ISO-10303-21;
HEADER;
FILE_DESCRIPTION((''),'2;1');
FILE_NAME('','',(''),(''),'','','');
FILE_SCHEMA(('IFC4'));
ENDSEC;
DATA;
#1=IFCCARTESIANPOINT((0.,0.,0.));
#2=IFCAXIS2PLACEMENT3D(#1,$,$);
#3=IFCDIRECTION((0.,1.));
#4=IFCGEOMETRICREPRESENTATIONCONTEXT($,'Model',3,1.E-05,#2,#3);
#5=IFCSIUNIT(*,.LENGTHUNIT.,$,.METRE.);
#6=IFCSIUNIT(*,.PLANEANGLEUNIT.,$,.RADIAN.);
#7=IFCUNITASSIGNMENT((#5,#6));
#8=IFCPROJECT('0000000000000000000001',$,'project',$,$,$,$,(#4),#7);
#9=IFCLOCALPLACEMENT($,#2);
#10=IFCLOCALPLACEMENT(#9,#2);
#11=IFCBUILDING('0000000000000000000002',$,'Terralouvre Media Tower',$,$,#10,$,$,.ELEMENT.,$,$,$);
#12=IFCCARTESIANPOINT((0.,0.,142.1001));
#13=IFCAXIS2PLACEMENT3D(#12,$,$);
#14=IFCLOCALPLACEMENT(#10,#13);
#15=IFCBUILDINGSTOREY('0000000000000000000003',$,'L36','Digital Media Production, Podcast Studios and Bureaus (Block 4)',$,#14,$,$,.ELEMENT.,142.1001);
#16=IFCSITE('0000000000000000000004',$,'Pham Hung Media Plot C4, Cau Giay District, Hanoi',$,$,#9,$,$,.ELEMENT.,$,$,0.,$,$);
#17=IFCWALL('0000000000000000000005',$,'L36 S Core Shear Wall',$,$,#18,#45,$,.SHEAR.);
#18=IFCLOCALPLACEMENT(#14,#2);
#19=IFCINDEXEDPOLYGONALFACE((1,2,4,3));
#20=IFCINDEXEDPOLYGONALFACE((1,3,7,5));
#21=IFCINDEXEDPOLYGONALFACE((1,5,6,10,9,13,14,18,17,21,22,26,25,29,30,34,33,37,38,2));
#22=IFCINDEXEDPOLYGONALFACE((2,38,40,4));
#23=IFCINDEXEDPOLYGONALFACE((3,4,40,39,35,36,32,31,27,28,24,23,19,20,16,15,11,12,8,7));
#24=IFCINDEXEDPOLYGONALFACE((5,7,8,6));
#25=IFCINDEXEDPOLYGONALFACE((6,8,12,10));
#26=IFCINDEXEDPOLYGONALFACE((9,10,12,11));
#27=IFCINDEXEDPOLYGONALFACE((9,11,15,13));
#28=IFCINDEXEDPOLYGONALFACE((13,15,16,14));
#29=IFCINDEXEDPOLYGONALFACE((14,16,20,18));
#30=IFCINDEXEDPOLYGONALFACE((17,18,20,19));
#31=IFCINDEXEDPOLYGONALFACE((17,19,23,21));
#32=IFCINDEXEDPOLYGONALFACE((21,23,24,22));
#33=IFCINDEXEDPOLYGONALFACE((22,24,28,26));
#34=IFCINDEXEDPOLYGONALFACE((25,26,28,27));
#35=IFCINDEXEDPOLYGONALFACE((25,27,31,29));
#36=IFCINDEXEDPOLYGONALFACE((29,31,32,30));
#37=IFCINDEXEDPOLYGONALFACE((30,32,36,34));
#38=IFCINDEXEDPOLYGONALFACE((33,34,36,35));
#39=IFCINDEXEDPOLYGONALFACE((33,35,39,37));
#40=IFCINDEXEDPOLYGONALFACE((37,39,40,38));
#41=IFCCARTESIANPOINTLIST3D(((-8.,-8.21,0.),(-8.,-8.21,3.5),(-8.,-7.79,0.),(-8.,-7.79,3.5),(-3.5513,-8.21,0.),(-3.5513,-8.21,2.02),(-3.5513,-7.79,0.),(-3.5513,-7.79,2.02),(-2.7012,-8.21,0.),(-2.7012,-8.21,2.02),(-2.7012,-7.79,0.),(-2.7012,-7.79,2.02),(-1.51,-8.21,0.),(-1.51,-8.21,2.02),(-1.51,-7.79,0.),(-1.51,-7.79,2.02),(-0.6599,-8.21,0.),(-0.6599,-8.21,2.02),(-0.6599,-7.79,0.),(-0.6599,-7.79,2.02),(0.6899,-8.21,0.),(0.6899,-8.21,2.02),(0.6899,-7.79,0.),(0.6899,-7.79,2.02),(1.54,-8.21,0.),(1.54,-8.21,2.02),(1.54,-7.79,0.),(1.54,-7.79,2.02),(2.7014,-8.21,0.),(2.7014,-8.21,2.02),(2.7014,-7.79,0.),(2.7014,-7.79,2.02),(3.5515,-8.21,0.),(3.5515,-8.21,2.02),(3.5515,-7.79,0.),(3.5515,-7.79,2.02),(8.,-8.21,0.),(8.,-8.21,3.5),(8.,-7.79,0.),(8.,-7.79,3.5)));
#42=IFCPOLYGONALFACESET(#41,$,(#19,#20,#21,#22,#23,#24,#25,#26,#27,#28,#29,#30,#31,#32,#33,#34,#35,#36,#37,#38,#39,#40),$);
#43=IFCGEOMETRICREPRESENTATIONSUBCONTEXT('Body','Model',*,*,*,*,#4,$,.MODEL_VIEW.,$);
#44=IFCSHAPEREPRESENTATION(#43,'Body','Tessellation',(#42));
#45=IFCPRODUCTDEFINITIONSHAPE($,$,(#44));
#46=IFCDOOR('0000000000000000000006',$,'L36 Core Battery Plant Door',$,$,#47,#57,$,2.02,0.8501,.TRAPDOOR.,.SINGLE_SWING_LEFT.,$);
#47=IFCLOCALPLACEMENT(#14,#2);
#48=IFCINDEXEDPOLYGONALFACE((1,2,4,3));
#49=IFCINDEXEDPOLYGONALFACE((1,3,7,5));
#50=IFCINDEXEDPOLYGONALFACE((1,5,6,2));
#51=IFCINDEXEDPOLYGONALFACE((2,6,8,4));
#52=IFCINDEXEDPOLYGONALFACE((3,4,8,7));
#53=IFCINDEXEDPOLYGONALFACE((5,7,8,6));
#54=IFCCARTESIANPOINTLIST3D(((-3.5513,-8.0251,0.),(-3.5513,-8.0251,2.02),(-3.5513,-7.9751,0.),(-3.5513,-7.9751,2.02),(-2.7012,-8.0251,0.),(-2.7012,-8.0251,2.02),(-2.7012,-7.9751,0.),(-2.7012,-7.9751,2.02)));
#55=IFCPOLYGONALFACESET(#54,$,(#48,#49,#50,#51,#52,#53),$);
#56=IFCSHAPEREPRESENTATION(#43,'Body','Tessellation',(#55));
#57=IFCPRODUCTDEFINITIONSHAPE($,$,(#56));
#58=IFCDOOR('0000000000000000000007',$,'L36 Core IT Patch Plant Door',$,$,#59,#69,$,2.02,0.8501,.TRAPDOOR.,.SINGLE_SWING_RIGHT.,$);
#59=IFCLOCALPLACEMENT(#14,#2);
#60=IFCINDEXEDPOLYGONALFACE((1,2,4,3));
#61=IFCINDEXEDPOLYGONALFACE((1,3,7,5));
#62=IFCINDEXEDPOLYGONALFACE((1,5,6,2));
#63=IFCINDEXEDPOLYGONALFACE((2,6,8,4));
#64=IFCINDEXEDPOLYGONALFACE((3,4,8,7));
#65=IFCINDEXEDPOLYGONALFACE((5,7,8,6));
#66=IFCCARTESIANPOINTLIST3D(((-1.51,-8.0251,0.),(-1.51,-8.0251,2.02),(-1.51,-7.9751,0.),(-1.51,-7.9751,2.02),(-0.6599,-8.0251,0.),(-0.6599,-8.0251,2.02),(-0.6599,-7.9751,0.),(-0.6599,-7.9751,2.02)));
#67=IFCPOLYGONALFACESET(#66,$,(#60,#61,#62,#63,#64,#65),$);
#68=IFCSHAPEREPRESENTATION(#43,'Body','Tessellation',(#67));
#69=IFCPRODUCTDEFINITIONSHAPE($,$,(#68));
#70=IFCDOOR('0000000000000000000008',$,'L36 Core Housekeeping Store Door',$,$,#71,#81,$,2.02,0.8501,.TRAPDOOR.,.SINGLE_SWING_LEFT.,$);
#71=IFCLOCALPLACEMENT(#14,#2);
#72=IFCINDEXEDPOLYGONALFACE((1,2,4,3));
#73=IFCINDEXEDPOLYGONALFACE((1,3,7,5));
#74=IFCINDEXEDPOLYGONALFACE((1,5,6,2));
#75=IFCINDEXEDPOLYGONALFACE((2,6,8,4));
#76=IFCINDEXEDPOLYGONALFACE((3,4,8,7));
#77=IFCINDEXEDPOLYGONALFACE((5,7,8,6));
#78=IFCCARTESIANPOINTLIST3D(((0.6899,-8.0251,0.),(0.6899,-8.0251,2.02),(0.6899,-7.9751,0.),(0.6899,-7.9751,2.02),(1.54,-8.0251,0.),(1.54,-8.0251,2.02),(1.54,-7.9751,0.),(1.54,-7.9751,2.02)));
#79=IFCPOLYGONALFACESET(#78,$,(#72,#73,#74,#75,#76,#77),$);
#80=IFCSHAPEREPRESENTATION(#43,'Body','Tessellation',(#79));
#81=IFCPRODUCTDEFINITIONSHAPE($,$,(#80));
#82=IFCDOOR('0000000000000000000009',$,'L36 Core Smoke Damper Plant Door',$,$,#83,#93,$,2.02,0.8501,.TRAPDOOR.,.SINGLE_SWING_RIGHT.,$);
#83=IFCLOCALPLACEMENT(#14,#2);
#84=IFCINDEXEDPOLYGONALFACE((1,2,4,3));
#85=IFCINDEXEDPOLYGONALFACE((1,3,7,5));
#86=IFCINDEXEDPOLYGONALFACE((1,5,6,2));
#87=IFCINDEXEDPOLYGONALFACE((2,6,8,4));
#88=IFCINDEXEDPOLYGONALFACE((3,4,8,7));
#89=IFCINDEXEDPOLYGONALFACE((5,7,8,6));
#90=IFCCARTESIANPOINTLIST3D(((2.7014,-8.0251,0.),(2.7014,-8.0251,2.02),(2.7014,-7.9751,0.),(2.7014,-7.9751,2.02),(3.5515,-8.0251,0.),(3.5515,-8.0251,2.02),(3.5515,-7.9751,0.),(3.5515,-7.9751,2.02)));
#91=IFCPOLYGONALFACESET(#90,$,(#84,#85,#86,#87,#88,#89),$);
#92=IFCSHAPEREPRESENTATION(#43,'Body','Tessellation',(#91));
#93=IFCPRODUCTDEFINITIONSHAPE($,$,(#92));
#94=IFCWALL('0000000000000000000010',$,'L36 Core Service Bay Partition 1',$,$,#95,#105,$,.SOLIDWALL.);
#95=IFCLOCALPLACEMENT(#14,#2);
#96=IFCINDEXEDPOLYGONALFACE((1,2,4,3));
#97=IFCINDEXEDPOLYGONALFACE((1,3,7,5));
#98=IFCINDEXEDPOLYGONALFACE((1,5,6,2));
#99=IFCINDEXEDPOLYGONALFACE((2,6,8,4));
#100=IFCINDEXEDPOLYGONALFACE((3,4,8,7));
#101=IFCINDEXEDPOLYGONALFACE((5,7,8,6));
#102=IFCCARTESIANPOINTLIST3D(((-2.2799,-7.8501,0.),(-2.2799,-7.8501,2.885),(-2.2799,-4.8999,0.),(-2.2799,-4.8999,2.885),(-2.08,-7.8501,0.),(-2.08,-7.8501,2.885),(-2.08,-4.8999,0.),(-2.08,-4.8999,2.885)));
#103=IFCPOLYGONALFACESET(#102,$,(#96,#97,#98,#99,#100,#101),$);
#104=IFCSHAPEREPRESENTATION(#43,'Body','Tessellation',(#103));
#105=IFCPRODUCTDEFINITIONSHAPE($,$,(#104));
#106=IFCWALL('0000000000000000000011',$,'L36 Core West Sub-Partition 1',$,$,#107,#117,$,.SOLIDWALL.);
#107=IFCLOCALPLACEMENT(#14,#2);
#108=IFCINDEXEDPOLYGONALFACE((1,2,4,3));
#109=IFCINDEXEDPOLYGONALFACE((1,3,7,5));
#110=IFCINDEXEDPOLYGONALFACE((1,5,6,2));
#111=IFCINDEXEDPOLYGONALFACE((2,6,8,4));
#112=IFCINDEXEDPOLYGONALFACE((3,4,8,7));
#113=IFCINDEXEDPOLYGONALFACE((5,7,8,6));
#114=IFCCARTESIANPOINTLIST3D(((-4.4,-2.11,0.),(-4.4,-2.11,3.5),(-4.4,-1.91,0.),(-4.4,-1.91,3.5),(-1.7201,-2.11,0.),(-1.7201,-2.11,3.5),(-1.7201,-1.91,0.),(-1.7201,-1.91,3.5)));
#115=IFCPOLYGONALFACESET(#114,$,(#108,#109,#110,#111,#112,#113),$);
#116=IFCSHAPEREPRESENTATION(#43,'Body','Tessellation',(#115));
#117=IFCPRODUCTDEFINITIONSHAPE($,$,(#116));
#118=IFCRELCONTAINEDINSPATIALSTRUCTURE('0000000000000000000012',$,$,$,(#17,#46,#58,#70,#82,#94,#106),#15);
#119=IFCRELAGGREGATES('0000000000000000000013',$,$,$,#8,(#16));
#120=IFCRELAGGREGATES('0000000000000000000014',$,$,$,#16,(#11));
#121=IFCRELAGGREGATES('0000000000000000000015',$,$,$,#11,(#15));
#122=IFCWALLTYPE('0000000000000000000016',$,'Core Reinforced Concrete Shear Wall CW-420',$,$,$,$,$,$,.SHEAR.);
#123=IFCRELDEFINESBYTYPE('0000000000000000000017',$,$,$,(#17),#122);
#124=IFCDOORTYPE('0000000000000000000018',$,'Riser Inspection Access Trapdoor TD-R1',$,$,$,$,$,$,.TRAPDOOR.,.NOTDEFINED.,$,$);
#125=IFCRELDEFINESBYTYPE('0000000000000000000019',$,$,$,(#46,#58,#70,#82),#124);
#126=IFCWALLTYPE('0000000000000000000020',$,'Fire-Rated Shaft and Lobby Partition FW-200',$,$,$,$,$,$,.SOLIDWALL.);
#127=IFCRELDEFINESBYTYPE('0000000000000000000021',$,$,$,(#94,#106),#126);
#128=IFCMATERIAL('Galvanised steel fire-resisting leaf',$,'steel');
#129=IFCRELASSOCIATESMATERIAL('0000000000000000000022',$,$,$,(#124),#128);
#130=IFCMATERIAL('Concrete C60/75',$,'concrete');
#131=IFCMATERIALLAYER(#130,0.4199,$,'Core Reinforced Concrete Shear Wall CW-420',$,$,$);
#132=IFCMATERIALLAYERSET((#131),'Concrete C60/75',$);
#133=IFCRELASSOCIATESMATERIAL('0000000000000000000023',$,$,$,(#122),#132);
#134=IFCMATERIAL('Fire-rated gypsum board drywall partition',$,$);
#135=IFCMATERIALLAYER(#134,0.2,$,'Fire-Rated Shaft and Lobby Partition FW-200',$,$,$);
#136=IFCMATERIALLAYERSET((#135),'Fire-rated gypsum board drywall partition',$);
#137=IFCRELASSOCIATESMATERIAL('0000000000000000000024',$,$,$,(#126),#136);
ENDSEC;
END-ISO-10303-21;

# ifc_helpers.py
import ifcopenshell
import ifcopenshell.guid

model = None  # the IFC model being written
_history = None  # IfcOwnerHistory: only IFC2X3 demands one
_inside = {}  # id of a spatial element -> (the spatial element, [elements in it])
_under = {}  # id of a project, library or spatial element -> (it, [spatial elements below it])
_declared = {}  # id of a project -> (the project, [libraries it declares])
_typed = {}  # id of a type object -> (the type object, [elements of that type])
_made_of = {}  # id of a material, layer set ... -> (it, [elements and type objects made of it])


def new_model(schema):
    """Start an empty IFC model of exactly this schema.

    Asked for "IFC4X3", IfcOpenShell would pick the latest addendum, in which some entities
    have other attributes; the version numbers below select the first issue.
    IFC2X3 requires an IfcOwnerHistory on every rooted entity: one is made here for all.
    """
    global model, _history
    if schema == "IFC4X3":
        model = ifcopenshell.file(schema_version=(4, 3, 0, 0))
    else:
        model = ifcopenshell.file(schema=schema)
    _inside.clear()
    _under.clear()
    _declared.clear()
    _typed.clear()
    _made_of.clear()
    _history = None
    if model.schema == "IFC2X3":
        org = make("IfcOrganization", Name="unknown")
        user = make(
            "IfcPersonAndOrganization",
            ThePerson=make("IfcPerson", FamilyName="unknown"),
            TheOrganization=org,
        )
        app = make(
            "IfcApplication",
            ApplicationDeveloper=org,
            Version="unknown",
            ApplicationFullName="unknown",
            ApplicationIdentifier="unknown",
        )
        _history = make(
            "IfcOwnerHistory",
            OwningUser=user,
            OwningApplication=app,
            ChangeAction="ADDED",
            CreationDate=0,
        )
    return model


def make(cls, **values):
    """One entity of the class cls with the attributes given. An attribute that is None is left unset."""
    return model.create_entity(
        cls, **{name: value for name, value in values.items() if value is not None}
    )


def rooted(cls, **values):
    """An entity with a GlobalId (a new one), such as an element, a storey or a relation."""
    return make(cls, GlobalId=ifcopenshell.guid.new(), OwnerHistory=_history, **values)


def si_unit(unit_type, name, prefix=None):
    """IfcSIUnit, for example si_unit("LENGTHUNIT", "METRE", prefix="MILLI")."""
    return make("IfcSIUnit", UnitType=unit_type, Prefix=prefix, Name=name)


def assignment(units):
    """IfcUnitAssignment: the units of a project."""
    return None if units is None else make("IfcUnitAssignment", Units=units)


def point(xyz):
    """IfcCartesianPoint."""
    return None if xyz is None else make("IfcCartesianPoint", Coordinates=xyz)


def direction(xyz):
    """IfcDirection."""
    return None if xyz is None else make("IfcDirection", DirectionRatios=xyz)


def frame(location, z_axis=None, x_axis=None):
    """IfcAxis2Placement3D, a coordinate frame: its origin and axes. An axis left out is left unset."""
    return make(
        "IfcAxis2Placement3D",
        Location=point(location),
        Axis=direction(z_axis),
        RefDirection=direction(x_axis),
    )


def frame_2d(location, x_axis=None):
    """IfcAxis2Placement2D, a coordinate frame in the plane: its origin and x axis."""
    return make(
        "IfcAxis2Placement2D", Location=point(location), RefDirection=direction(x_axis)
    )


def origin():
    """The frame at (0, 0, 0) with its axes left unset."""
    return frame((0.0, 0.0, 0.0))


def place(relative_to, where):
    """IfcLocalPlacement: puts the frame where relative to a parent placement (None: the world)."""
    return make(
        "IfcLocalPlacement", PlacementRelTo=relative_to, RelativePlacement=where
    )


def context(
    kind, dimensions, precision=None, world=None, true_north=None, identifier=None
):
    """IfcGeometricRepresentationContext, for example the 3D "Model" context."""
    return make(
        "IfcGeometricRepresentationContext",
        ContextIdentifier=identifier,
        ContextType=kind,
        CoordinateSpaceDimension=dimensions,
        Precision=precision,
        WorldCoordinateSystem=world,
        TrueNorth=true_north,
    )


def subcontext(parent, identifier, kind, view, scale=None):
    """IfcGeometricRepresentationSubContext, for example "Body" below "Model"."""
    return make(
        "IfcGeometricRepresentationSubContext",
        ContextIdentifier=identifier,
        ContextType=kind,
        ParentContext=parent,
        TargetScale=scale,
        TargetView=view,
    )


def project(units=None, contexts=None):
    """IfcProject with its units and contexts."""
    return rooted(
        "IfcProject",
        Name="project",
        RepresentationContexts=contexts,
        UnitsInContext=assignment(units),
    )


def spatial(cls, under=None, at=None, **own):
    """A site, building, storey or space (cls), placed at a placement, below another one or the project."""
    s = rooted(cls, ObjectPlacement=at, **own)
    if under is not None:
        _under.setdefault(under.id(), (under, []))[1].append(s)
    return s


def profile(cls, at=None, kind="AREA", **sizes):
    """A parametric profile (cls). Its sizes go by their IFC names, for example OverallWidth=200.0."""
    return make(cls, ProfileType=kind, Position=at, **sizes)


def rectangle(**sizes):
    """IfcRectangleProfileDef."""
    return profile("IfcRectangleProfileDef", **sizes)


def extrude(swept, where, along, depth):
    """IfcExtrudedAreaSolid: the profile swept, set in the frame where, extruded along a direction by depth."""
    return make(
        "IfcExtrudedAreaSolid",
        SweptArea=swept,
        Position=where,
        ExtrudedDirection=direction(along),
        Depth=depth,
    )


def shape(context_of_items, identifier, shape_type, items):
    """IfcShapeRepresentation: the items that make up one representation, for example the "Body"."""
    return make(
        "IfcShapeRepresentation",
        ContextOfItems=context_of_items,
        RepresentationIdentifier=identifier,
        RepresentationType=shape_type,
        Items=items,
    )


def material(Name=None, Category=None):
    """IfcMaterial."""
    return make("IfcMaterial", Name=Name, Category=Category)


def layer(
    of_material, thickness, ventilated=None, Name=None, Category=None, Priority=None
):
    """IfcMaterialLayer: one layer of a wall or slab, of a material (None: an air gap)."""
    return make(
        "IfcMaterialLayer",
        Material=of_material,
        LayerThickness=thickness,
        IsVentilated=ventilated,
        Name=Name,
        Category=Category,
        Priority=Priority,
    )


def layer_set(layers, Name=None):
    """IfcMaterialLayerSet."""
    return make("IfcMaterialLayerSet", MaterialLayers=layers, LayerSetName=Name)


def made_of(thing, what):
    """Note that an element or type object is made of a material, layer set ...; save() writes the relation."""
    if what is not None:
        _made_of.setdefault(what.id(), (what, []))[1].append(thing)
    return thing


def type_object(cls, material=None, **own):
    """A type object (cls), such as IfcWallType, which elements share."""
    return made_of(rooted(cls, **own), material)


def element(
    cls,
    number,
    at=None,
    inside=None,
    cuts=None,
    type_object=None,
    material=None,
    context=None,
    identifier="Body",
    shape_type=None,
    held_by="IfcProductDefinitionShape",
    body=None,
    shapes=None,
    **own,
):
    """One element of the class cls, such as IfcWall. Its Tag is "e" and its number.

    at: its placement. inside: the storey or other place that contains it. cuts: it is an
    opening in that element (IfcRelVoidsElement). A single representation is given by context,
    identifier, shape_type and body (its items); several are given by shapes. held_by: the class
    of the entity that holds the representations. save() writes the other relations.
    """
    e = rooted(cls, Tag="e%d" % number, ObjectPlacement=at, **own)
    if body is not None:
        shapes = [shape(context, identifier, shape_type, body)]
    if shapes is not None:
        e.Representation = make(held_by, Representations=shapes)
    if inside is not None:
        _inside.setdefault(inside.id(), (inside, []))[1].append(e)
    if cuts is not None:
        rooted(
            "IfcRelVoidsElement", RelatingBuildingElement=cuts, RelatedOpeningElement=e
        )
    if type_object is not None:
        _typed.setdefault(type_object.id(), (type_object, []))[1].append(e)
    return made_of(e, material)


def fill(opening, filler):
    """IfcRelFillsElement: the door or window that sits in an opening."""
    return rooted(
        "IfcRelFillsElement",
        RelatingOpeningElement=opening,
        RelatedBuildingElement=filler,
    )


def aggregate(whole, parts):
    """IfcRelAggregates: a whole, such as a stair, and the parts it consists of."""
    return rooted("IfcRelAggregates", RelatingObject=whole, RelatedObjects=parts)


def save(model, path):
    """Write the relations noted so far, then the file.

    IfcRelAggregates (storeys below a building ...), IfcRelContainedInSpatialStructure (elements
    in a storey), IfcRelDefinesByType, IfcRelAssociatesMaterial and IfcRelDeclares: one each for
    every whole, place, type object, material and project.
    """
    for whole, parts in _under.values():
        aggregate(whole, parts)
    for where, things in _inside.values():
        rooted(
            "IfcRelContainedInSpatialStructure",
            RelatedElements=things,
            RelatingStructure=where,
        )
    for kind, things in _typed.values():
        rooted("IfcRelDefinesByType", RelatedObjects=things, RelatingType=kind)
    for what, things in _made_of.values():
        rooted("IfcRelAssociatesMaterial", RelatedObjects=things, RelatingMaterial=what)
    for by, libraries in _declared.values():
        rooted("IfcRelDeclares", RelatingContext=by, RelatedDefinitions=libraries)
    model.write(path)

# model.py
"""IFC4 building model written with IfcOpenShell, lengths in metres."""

from ifc_helpers import new_model, si_unit, direction, frame, frame_2d, origin, place, context, subcontext, project, spatial, rectangle, extrude, material, layer, layer_set, type_object, element, fill, save


model = new_model("IFC4")

# Units and contexts
model_context = context("Model", 3, precision=1e-05, world=origin(), true_north=direction((0.0, 1.0)))
body_context = subcontext(model_context, "Body", "Model", "MODEL_VIEW")
ifc_project = project(units=[si_unit("LENGTHUNIT", "METRE"), si_unit("PLANEANGLEUNIT", "RADIAN")], contexts=[model_context])

# Site, building, storey
site_placement = place(None, origin())
site = spatial("IfcSite", under=ifc_project, at=site_placement, Name="Pham Hung Media Plot C4, Cau Giay District, Hanoi", CompositionType="ELEMENT", RefElevation=0.0)
building_placement = place(site_placement, origin())
building = spatial("IfcBuilding", under=site, at=building_placement, Name="Terralouvre Media Tower", CompositionType="ELEMENT")
storey_placement = place(building_placement, frame((0.0, 0.0, 142.1001)))
storey = spatial("IfcBuildingStorey", under=building, at=storey_placement, Name="L36", Description="Digital Media Production, Podcast Studios and Bureaus (Block 4)", CompositionType="ELEMENT", Elevation=142.1001)

# Wall, openings, doors
ifc_material_1 = material(Name="Galvanised steel fire-resisting leaf", Category="steel")
door_type_1 = type_object("IfcDoorType", Name="Riser Inspection Access Trapdoor TD-R1", OperationType="NOTDEFINED", PredefinedType="TRAPDOOR", material=ifc_material_1)
ifc_material_2 = material(Name="Concrete C60/75", Category="concrete")
ifc_layer_1 = layer(ifc_material_2, 0.4199, Name="Core Reinforced Concrete Shear Wall CW-420")
ifc_layer_set_1 = layer_set([ifc_layer_1], Name="Concrete C60/75")
wall_type_1 = type_object("IfcWallType", Name="Core Reinforced Concrete Shear Wall CW-420", PredefinedType="SHEAR", material=ifc_layer_set_1)
wall_1_placement = place(storey_placement, frame((-8.0, -8.0, 0.0), z_axis=(0.0, 0.0, 1.0), x_axis=(1.0, 0.0, 0.0)))
wall_1 = element("IfcWall", 1, at=wall_1_placement, inside=storey, type_object=wall_type_1, Name="L36 S Core Shear Wall", PredefinedType="SHEAR", context=body_context, shape_type="SweptSolid", body=[
    extrude(rectangle(XDim=16.0, YDim=0.4199, at=frame_2d((8.0, 0.0))), origin(), (0.0, 0.0, 1.0), 3.5),
])
opening_1_placement = place(wall_1_placement, frame((4.4487, 0.0, 0.0)))
opening_1 = element("IfcOpeningElement", 2, at=opening_1_placement, cuts=wall_1, PredefinedType="OPENING", context=body_context, shape_type="SweptSolid", body=[
    extrude(rectangle(XDim=0.8501, YDim=2.02, at=frame_2d((0.425, 1.01))), frame((0.0, 0.22, 0.0), z_axis=(0.0, -1.0, 0.0), x_axis=(1.0, 0.0, 0.0)), (0.0, 0.0, 1.0), 0.4399),
])
opening_2_placement = place(wall_1_placement, frame((6.49, 0.0, 0.0)))
opening_2 = element("IfcOpeningElement", 3, at=opening_2_placement, cuts=wall_1, PredefinedType="OPENING", context=body_context, shape_type="SweptSolid", body=[
    extrude(rectangle(XDim=0.8501, YDim=2.02, at=frame_2d((0.425, 1.01))), frame((0.0, 0.22, 0.0), z_axis=(0.0, -1.0, 0.0), x_axis=(1.0, 0.0, 0.0)), (0.0, 0.0, 1.0), 0.4399),
])
opening_3_placement = place(wall_1_placement, frame((8.6899, 0.0, 0.0)))
opening_3 = element("IfcOpeningElement", 4, at=opening_3_placement, cuts=wall_1, PredefinedType="OPENING", context=body_context, shape_type="SweptSolid", body=[
    extrude(rectangle(XDim=0.8501, YDim=2.02, at=frame_2d((0.425, 1.01))), frame((0.0, 0.22, 0.0), z_axis=(0.0, -1.0, 0.0), x_axis=(1.0, 0.0, 0.0)), (0.0, 0.0, 1.0), 0.4399),
])
opening_4_placement = place(wall_1_placement, frame((10.7014, 0.0, 0.0)))
opening_4 = element("IfcOpeningElement", 5, at=opening_4_placement, cuts=wall_1, PredefinedType="OPENING", context=body_context, shape_type="SweptSolid", body=[
    extrude(rectangle(XDim=0.8501, YDim=2.02, at=frame_2d((0.425, 1.01))), frame((0.0, 0.22, 0.0), z_axis=(0.0, -1.0, 0.0), x_axis=(1.0, 0.0, 0.0)), (0.0, 0.0, 1.0), 0.4399),
])
door_1_placement = place(opening_1_placement, origin())
door_1 = element("IfcDoor", 6, at=door_1_placement, inside=storey, type_object=door_type_1, Name="L36 Core Battery Plant Door", OperationType="SINGLE_SWING_LEFT", OverallHeight=2.02, OverallWidth=0.8501, PredefinedType="TRAPDOOR", context=body_context, shape_type="SweptSolid", body=[
    extrude(rectangle(XDim=0.8501, YDim=2.02, at=frame_2d((0.425, 1.01))), frame((0.0, 0.0249, 0.0), z_axis=(0.0, -1.0, 0.0), x_axis=(1.0, 0.0, 0.0)), (0.0, 0.0, 1.0), 0.05),
])
fill(opening_1, door_1)
door_2_placement = place(opening_2_placement, origin())
door_2 = element("IfcDoor", 7, at=door_2_placement, inside=storey, type_object=door_type_1, Name="L36 Core IT Patch Plant Door", OperationType="SINGLE_SWING_RIGHT", OverallHeight=2.02, OverallWidth=0.8501, PredefinedType="TRAPDOOR", context=body_context, shape_type="SweptSolid", body=[
    extrude(rectangle(XDim=0.8501, YDim=2.02, at=frame_2d((0.425, 1.01))), frame((0.0, 0.0249, 0.0), z_axis=(0.0, -1.0, 0.0), x_axis=(1.0, 0.0, 0.0)), (0.0, 0.0, 1.0), 0.05),
])
fill(opening_2, door_2)
door_3_placement = place(opening_3_placement, origin())
door_3 = element("IfcDoor", 8, at=door_3_placement, inside=storey, type_object=door_type_1, Name="L36 Core Housekeeping Store Door", OperationType="SINGLE_SWING_LEFT", OverallHeight=2.02, OverallWidth=0.8501, PredefinedType="TRAPDOOR", context=body_context, shape_type="SweptSolid", body=[
    extrude(rectangle(XDim=0.8501, YDim=2.02, at=frame_2d((0.425, 1.01))), frame((0.0, 0.0249, 0.0), z_axis=(0.0, -1.0, 0.0), x_axis=(1.0, 0.0, 0.0)), (0.0, 0.0, 1.0), 0.05),
])
fill(opening_3, door_3)
door_4_placement = place(opening_4_placement, origin())
door_4 = element("IfcDoor", 9, at=door_4_placement, inside=storey, type_object=door_type_1, Name="L36 Core Smoke Damper Plant Door", OperationType="SINGLE_SWING_RIGHT", OverallHeight=2.02, OverallWidth=0.8501, PredefinedType="TRAPDOOR", context=body_context, shape_type="SweptSolid", body=[
    extrude(rectangle(XDim=0.8501, YDim=2.02, at=frame_2d((0.425, 1.01))), frame((0.0, 0.0249, 0.0), z_axis=(0.0, -1.0, 0.0), x_axis=(1.0, 0.0, 0.0)), (0.0, 0.0, 1.0), 0.05),
])
fill(opening_4, door_4)

# Walls
ifc_material_3 = material(Name="Fire-rated gypsum board drywall partition")
ifc_layer_2 = layer(ifc_material_3, 0.2, Name="Fire-Rated Shaft and Lobby Partition FW-200")
ifc_layer_set_2 = layer_set([ifc_layer_2], Name="Fire-rated gypsum board drywall partition")
wall_type_2 = type_object("IfcWallType", Name="Fire-Rated Shaft and Lobby Partition FW-200", PredefinedType="SOLIDWALL", material=ifc_layer_set_2)
wall_2_placement = place(storey_placement, frame((-2.1799, -7.8501, 0.0), z_axis=(0.0, 0.0, 1.0), x_axis=(0.0, 1.0, 0.0)))
element("IfcWall", 10, at=wall_2_placement, inside=storey, type_object=wall_type_2, Name="L36 Core Service Bay Partition 1", PredefinedType="SOLIDWALL", context=body_context, shape_type="SweptSolid", body=[
    extrude(rectangle(XDim=2.9502, YDim=0.2, at=frame_2d((1.4751, 0.0))), origin(), (0.0, 0.0, 1.0), 2.885),
])
wall_3_placement = place(storey_placement, frame((-4.3999, -2.01, 0.0), z_axis=(0.0, 0.0, 1.0), x_axis=(1.0, 0.0, 0.0)))
element("IfcWall", 11, at=wall_3_placement, inside=storey, type_object=wall_type_2, Name="L36 Core West Sub-Partition 1", PredefinedType="SOLIDWALL", context=body_context, shape_type="SweptSolid", body=[
    extrude(rectangle(XDim=2.6799, YDim=0.2, at=frame_2d((1.3398, 0.0))), origin(), (0.0, 0.0, 1.0), 3.5),
])

save(model, "model.ifc")
